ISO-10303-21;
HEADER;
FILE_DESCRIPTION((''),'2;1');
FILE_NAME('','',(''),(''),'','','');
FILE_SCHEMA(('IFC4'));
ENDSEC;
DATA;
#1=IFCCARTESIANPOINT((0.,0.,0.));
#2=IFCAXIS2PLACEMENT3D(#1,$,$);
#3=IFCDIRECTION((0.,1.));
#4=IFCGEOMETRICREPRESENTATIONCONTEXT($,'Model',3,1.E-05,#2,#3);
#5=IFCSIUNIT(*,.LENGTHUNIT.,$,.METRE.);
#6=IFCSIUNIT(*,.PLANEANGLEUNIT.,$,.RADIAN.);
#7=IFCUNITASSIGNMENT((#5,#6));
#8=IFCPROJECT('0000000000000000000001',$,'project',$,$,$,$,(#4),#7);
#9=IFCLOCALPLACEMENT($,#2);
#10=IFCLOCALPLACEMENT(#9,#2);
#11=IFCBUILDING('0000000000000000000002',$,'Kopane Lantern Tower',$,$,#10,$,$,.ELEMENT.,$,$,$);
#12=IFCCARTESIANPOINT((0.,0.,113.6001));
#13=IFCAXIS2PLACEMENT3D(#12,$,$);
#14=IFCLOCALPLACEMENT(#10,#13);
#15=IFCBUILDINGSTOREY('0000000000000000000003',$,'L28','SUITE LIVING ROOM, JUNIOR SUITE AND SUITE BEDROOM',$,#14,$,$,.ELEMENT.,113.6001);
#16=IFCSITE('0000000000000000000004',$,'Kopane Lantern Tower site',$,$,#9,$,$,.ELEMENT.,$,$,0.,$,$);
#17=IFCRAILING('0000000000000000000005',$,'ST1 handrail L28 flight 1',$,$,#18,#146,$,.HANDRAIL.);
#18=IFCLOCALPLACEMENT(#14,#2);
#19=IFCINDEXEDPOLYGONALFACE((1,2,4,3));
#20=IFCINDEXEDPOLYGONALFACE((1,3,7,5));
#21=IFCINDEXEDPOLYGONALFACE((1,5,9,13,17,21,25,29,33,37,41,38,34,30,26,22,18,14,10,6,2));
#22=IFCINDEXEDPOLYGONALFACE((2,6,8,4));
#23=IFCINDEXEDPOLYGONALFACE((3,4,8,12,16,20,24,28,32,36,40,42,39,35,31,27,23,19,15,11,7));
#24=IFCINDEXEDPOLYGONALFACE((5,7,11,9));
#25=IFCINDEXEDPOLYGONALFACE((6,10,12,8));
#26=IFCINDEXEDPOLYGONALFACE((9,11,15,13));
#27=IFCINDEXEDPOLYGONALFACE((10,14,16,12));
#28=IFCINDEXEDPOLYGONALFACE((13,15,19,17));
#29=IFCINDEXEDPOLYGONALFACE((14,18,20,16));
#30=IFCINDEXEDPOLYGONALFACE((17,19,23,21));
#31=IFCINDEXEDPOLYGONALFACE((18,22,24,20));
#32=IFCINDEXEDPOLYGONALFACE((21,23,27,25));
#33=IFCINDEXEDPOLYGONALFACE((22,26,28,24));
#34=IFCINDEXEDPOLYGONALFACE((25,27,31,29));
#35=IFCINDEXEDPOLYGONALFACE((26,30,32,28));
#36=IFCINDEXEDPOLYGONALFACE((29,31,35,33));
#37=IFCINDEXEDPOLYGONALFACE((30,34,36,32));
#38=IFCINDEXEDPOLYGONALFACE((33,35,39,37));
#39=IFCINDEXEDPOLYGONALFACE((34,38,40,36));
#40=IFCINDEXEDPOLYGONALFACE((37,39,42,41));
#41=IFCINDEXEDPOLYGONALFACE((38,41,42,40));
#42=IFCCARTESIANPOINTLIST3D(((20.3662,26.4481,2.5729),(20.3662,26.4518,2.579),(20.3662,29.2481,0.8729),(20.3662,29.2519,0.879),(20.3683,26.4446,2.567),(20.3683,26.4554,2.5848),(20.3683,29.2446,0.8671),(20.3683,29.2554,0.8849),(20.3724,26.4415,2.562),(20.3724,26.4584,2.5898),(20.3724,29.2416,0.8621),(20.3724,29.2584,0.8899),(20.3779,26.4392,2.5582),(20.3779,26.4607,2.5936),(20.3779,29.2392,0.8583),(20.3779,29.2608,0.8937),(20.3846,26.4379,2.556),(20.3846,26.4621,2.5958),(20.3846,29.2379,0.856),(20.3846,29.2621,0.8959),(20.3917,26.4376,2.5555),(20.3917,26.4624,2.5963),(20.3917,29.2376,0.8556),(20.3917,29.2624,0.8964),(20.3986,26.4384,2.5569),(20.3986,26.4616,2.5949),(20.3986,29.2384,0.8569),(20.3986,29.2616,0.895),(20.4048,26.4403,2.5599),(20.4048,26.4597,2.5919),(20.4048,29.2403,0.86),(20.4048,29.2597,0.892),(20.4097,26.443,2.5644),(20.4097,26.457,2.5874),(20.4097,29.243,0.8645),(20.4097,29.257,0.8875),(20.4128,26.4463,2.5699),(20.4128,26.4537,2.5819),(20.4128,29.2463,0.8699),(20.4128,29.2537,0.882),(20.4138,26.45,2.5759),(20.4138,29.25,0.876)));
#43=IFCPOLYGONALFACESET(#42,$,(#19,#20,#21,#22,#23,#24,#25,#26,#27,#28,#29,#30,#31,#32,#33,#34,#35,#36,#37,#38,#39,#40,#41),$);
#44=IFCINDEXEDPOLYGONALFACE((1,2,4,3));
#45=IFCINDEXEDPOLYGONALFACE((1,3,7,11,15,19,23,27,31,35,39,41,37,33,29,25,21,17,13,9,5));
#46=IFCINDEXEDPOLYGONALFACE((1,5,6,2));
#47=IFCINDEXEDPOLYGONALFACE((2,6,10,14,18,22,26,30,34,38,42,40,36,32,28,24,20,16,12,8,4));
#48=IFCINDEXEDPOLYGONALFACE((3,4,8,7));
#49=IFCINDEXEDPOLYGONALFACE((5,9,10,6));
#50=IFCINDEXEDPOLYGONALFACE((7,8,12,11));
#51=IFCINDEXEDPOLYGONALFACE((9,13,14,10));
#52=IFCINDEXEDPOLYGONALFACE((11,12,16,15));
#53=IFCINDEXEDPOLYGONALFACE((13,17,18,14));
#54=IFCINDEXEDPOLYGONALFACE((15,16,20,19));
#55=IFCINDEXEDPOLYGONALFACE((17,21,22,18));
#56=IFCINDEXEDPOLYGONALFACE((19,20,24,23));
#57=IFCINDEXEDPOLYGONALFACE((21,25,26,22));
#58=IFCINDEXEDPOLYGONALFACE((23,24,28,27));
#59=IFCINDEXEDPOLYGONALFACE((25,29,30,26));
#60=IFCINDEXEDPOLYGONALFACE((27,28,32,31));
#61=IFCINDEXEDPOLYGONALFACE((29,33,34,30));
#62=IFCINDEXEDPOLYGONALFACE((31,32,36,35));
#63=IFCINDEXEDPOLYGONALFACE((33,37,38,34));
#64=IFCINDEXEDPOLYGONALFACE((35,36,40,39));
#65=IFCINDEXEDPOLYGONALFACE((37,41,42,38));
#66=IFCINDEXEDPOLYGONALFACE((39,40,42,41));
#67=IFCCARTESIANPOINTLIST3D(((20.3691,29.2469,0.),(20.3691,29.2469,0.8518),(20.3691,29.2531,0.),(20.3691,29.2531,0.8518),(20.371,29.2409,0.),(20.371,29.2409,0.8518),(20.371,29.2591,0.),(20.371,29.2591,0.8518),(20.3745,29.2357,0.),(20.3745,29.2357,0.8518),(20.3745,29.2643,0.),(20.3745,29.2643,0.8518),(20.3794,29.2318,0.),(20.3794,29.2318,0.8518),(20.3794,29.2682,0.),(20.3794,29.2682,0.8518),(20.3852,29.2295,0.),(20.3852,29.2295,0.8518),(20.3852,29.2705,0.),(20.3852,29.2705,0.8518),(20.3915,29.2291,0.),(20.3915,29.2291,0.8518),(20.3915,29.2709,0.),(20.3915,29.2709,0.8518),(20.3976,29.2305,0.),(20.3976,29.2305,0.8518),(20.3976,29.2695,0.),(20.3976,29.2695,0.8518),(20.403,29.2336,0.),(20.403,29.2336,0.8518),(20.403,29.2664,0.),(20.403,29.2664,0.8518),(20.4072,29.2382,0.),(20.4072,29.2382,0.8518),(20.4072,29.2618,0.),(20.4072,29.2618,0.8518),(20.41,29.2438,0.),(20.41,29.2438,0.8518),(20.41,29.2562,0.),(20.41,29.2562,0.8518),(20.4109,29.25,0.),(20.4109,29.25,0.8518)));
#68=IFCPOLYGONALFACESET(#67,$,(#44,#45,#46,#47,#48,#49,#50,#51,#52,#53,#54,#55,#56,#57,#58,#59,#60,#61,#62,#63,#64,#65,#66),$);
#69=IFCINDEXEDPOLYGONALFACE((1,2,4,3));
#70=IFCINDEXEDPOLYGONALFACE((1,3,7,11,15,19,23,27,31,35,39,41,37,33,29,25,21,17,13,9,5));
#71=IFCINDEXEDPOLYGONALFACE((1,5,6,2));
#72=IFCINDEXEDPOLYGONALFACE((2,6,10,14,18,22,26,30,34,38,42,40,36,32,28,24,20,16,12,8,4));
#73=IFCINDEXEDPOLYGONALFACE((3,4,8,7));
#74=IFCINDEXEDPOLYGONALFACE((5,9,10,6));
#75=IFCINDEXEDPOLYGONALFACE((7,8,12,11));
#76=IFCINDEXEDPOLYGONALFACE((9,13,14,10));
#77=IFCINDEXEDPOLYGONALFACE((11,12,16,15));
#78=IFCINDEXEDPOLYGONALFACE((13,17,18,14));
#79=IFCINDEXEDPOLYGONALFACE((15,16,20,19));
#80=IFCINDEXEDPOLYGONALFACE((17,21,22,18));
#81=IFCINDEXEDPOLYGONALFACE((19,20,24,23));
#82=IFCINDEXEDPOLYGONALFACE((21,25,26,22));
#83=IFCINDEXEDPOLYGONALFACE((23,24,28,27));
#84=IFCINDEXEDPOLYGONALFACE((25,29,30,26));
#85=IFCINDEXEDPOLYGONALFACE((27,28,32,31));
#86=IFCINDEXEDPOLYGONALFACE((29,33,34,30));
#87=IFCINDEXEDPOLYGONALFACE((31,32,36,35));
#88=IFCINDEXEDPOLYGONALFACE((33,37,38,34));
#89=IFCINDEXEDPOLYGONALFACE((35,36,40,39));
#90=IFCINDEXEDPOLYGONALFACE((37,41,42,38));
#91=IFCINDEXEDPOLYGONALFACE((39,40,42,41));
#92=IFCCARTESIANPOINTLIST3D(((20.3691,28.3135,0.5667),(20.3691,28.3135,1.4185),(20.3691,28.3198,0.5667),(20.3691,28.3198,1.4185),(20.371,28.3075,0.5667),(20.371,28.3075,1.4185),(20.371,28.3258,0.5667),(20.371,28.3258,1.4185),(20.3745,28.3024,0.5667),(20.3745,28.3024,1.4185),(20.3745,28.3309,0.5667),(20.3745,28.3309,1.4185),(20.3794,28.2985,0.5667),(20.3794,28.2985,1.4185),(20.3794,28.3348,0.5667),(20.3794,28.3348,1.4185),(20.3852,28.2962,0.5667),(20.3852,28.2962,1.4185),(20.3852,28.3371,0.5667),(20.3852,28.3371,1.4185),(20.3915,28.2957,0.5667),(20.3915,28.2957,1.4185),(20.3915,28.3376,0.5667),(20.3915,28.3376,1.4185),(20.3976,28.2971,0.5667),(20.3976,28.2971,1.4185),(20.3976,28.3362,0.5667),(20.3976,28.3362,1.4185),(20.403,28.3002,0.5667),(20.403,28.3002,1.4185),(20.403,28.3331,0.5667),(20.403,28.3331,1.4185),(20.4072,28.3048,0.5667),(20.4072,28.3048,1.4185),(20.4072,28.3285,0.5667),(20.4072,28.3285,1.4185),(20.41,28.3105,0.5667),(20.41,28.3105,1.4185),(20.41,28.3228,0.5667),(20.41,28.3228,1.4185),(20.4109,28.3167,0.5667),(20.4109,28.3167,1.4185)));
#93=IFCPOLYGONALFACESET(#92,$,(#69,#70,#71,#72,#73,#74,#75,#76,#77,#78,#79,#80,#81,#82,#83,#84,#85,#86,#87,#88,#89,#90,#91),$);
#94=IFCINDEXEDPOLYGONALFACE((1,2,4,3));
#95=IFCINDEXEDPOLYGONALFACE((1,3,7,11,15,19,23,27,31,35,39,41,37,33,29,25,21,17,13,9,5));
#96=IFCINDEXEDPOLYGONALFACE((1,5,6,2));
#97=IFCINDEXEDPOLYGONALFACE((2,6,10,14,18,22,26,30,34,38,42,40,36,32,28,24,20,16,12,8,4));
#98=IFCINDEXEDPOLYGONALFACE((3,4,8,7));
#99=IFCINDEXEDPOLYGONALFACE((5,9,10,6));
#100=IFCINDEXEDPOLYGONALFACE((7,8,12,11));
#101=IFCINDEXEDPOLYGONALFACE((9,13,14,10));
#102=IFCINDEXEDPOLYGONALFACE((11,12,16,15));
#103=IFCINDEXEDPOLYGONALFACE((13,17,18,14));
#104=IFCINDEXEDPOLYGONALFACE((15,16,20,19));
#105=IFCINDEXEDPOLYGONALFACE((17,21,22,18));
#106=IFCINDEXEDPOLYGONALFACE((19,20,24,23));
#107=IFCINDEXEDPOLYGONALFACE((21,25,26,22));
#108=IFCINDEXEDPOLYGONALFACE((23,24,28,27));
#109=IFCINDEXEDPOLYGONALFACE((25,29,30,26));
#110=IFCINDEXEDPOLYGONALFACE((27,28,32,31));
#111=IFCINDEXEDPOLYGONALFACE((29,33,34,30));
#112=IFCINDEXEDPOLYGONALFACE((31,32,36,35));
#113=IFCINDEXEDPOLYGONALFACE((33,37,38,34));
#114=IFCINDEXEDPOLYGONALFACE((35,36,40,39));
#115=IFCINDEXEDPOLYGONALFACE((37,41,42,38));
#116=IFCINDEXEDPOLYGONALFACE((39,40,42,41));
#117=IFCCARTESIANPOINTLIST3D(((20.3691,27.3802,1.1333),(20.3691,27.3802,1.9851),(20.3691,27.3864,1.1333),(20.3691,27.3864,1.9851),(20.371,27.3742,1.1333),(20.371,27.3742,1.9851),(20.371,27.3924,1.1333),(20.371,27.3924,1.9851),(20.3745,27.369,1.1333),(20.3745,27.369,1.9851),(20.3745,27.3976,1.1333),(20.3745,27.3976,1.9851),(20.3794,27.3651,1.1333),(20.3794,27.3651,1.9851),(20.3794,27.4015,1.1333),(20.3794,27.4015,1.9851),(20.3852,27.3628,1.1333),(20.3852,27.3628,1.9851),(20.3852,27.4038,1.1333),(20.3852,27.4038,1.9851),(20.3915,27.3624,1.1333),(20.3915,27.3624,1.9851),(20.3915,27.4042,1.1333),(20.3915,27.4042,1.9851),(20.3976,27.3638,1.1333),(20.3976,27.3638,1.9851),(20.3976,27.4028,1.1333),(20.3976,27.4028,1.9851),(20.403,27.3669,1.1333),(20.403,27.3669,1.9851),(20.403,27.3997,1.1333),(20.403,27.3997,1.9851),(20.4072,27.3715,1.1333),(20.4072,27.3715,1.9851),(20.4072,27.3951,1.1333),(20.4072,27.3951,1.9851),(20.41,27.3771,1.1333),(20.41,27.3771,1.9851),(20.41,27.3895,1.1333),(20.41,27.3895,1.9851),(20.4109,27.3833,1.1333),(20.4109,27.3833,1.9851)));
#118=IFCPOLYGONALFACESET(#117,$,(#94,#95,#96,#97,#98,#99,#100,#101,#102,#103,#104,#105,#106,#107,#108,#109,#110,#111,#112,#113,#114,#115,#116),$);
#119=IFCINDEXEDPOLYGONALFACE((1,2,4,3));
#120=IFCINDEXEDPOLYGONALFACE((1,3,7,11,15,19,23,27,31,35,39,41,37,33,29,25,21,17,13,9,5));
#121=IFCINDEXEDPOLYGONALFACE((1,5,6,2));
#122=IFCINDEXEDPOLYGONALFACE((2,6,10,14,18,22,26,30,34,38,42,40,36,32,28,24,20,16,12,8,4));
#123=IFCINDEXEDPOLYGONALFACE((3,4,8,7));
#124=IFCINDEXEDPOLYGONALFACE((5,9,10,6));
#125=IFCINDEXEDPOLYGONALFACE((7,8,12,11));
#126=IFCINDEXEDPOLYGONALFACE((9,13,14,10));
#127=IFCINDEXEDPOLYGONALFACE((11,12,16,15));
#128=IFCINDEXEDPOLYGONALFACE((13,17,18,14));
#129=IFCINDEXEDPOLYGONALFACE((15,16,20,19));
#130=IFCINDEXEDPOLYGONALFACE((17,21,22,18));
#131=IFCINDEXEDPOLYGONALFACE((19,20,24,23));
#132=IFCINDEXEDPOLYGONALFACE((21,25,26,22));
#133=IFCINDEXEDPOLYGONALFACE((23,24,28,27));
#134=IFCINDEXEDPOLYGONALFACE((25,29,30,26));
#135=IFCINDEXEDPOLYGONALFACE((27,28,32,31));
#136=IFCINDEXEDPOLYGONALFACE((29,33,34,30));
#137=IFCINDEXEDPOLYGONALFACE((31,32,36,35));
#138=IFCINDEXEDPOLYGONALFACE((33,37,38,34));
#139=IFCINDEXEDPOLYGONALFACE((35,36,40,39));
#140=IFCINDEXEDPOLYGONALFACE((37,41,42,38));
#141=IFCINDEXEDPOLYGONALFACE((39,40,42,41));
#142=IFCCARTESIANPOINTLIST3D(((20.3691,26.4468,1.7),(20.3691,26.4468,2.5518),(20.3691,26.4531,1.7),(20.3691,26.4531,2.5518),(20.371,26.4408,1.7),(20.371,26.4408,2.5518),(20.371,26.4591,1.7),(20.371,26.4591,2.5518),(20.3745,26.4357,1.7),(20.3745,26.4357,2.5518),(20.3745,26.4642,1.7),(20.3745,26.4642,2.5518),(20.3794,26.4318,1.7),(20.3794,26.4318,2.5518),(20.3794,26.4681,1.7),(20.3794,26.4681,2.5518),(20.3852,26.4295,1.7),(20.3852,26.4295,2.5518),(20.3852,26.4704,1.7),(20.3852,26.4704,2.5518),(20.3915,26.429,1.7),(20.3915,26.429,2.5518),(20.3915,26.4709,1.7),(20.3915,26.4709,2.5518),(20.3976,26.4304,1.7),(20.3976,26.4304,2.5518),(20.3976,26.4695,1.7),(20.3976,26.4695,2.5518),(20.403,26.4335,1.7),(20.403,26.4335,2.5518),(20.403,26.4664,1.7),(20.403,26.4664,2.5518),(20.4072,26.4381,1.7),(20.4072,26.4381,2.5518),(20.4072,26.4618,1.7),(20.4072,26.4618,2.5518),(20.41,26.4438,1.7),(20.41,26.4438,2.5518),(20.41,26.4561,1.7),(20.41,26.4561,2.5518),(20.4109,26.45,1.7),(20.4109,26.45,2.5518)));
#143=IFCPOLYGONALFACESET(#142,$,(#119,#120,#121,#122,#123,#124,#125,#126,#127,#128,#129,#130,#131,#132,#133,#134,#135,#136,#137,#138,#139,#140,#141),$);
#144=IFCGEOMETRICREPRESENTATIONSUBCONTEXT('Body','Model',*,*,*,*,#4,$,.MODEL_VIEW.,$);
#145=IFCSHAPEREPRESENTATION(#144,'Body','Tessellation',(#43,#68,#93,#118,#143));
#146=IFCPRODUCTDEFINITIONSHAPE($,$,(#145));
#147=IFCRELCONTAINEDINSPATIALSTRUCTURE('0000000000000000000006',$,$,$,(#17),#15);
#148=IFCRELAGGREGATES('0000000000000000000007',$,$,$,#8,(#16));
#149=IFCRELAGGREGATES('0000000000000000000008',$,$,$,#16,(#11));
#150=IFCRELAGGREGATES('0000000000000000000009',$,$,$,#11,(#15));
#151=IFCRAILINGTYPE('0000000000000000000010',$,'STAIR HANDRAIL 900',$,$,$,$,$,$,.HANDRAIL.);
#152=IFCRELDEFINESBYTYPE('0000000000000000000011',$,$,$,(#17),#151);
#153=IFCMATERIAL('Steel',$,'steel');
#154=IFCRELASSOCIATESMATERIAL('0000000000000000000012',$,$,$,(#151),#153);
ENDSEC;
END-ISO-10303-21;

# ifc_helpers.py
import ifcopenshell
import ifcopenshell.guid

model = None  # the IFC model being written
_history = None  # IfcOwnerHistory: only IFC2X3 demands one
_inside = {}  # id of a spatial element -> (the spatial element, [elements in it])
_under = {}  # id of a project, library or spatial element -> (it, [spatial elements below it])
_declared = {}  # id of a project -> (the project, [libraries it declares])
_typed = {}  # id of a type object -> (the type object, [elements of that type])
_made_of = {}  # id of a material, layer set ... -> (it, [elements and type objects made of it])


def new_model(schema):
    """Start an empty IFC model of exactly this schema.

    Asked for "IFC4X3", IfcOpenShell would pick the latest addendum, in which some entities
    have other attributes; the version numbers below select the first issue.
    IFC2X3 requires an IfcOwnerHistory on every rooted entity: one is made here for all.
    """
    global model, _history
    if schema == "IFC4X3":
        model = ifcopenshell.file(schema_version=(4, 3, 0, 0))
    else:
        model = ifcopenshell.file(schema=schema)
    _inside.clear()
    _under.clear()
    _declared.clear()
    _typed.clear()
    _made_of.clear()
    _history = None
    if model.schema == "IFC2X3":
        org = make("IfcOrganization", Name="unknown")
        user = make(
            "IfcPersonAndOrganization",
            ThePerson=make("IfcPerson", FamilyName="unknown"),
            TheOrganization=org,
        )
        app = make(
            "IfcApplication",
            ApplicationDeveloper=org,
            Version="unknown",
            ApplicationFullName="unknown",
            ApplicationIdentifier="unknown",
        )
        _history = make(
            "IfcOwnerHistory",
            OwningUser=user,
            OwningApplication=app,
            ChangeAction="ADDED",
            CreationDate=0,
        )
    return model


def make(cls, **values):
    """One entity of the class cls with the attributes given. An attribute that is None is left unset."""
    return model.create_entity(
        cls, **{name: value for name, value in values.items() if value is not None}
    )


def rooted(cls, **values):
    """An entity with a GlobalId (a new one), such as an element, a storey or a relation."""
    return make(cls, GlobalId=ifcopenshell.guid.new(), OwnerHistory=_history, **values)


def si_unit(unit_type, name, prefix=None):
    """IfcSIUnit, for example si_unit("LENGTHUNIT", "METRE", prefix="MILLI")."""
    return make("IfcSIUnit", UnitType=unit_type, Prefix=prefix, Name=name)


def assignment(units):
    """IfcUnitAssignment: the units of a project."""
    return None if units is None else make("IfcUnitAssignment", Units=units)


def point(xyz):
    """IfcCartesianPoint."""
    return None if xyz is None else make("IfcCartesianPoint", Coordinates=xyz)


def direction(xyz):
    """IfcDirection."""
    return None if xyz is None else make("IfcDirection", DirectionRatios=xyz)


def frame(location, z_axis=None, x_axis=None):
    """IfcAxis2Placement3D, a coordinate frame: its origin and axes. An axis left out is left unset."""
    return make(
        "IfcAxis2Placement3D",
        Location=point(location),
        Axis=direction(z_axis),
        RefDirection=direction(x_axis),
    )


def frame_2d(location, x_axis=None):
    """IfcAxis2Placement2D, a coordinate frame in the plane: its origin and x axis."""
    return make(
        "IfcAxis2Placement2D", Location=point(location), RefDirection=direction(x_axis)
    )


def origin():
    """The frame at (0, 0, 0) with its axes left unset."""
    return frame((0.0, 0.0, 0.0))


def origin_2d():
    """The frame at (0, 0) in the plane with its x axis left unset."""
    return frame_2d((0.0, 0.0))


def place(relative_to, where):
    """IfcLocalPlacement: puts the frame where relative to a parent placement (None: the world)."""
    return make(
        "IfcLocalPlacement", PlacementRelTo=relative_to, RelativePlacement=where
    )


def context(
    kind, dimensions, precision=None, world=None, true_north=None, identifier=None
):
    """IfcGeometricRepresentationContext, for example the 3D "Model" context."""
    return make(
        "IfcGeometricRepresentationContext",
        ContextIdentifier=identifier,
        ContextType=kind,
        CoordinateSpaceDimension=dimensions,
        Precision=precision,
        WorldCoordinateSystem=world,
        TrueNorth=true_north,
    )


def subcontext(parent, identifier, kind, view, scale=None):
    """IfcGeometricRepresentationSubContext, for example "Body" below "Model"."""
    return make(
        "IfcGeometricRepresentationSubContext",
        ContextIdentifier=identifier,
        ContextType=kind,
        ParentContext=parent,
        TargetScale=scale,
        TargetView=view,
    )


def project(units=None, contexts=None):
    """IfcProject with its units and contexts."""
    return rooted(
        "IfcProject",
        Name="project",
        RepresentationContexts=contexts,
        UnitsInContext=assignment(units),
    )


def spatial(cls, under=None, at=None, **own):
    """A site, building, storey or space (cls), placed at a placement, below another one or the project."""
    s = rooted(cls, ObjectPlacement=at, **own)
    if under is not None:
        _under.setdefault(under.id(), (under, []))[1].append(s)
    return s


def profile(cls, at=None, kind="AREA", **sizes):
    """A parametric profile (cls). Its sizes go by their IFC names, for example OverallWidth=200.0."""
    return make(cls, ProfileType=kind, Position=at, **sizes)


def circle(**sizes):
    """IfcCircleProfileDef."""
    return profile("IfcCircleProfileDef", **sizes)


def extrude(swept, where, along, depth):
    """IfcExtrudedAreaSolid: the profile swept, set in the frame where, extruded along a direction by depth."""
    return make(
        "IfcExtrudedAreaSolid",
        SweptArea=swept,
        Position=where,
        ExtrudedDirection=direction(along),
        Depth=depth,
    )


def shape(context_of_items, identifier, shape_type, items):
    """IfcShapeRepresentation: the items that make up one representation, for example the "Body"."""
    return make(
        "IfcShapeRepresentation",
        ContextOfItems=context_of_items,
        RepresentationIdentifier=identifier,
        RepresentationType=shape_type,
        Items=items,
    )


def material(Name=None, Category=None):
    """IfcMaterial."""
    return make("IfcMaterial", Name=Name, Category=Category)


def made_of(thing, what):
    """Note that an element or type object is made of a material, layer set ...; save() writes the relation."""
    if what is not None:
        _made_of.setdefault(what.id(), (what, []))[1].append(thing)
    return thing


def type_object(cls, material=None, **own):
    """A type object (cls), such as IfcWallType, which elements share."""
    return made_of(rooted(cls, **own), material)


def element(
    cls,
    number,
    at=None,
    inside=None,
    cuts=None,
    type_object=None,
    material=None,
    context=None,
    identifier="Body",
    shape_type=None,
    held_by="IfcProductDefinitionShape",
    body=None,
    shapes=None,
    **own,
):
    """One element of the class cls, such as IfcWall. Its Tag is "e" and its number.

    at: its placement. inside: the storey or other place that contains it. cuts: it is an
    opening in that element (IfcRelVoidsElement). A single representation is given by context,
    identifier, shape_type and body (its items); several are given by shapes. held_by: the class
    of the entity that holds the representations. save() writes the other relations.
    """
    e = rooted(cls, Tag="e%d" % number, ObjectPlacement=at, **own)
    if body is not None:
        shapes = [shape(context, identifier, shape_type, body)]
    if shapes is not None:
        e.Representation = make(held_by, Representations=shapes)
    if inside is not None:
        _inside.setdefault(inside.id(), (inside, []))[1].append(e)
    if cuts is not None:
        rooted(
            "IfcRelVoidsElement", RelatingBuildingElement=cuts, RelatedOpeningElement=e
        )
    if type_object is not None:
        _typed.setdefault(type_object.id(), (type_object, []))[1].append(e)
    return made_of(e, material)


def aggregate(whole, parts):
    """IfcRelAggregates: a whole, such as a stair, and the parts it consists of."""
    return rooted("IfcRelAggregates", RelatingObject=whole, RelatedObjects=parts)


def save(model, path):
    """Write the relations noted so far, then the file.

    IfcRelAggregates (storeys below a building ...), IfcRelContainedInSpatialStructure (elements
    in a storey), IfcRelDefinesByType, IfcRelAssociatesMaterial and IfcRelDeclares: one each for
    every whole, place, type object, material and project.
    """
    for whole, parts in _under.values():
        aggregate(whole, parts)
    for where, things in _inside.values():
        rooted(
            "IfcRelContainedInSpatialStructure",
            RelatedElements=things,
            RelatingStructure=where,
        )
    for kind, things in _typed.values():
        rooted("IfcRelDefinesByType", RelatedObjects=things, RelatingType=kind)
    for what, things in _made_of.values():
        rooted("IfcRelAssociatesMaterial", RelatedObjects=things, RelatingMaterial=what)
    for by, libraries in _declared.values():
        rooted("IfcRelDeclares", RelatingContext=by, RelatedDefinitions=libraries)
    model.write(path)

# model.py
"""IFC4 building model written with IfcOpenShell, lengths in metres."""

from ifc_helpers import new_model, si_unit, direction, frame, origin, origin_2d, place, context, subcontext, project, spatial, circle, extrude, material, type_object, element, save


model = new_model("IFC4")

# Units and contexts
model_context = context("Model", 3, precision=1e-05, world=origin(), true_north=direction((0.0, 1.0)))
body_context = subcontext(model_context, "Body", "Model", "MODEL_VIEW")
ifc_project = project(units=[si_unit("LENGTHUNIT", "METRE"), si_unit("PLANEANGLEUNIT", "RADIAN")], contexts=[model_context])

# Site, building, storey
site_placement = place(None, origin())
site = spatial("IfcSite", under=ifc_project, at=site_placement, Name="Kopane Lantern Tower site", CompositionType="ELEMENT", RefElevation=0.0)
building_placement = place(site_placement, origin())
building = spatial("IfcBuilding", under=site, at=building_placement, Name="Kopane Lantern Tower", CompositionType="ELEMENT")
storey_placement = place(building_placement, frame((0.0, 0.0, 113.6001)))
storey = spatial("IfcBuildingStorey", under=building, at=storey_placement, Name="L28", Description="SUITE LIVING ROOM, JUNIOR SUITE AND SUITE BEDROOM", CompositionType="ELEMENT", Elevation=113.6001)

# Railing
ifc_material_1 = material(Name="Steel", Category="steel")
railing_type_1 = type_object("IfcRailingType", Name="STAIR HANDRAIL 900", PredefinedType="HANDRAIL", material=ifc_material_1)
for number, where, name in (
    (1, (20.3899, 29.25, 0.0), "ST1 handrail L28 flight 1"),
):
    element("IfcRailing", number, at=place(storey_placement, frame(where)), inside=storey, type_object=railing_type_1, Name=name, PredefinedType="HANDRAIL", context=body_context, shape_type="SweptSolid", body=[
        extrude(circle(Radius=0.0239, at=origin_2d()), frame((0.0, 0.0, 0.876), z_axis=(0.0, -0.854798, 0.518961), x_axis=(1.0, 0.0, 0.0)), (0.0, 0.0, 1.0), 3.2756),
        extrude(circle(Radius=0.021, at=origin_2d()), origin(), (0.0, 0.0, 1.0), 0.8518),
        extrude(circle(Radius=0.021, at=origin_2d()), frame((0.0, -0.9333, 0.5667)), (0.0, 0.0, 1.0), 0.8518),
        extrude(circle(Radius=0.021, at=origin_2d()), frame((0.0, -1.8667, 1.1333)), (0.0, 0.0, 1.0), 0.8518),
        extrude(circle(Radius=0.021, at=origin_2d()), frame((0.0, -2.8, 1.7)), (0.0, 0.0, 1.0), 0.8518),
    ])

save(model, "model.ifc")
